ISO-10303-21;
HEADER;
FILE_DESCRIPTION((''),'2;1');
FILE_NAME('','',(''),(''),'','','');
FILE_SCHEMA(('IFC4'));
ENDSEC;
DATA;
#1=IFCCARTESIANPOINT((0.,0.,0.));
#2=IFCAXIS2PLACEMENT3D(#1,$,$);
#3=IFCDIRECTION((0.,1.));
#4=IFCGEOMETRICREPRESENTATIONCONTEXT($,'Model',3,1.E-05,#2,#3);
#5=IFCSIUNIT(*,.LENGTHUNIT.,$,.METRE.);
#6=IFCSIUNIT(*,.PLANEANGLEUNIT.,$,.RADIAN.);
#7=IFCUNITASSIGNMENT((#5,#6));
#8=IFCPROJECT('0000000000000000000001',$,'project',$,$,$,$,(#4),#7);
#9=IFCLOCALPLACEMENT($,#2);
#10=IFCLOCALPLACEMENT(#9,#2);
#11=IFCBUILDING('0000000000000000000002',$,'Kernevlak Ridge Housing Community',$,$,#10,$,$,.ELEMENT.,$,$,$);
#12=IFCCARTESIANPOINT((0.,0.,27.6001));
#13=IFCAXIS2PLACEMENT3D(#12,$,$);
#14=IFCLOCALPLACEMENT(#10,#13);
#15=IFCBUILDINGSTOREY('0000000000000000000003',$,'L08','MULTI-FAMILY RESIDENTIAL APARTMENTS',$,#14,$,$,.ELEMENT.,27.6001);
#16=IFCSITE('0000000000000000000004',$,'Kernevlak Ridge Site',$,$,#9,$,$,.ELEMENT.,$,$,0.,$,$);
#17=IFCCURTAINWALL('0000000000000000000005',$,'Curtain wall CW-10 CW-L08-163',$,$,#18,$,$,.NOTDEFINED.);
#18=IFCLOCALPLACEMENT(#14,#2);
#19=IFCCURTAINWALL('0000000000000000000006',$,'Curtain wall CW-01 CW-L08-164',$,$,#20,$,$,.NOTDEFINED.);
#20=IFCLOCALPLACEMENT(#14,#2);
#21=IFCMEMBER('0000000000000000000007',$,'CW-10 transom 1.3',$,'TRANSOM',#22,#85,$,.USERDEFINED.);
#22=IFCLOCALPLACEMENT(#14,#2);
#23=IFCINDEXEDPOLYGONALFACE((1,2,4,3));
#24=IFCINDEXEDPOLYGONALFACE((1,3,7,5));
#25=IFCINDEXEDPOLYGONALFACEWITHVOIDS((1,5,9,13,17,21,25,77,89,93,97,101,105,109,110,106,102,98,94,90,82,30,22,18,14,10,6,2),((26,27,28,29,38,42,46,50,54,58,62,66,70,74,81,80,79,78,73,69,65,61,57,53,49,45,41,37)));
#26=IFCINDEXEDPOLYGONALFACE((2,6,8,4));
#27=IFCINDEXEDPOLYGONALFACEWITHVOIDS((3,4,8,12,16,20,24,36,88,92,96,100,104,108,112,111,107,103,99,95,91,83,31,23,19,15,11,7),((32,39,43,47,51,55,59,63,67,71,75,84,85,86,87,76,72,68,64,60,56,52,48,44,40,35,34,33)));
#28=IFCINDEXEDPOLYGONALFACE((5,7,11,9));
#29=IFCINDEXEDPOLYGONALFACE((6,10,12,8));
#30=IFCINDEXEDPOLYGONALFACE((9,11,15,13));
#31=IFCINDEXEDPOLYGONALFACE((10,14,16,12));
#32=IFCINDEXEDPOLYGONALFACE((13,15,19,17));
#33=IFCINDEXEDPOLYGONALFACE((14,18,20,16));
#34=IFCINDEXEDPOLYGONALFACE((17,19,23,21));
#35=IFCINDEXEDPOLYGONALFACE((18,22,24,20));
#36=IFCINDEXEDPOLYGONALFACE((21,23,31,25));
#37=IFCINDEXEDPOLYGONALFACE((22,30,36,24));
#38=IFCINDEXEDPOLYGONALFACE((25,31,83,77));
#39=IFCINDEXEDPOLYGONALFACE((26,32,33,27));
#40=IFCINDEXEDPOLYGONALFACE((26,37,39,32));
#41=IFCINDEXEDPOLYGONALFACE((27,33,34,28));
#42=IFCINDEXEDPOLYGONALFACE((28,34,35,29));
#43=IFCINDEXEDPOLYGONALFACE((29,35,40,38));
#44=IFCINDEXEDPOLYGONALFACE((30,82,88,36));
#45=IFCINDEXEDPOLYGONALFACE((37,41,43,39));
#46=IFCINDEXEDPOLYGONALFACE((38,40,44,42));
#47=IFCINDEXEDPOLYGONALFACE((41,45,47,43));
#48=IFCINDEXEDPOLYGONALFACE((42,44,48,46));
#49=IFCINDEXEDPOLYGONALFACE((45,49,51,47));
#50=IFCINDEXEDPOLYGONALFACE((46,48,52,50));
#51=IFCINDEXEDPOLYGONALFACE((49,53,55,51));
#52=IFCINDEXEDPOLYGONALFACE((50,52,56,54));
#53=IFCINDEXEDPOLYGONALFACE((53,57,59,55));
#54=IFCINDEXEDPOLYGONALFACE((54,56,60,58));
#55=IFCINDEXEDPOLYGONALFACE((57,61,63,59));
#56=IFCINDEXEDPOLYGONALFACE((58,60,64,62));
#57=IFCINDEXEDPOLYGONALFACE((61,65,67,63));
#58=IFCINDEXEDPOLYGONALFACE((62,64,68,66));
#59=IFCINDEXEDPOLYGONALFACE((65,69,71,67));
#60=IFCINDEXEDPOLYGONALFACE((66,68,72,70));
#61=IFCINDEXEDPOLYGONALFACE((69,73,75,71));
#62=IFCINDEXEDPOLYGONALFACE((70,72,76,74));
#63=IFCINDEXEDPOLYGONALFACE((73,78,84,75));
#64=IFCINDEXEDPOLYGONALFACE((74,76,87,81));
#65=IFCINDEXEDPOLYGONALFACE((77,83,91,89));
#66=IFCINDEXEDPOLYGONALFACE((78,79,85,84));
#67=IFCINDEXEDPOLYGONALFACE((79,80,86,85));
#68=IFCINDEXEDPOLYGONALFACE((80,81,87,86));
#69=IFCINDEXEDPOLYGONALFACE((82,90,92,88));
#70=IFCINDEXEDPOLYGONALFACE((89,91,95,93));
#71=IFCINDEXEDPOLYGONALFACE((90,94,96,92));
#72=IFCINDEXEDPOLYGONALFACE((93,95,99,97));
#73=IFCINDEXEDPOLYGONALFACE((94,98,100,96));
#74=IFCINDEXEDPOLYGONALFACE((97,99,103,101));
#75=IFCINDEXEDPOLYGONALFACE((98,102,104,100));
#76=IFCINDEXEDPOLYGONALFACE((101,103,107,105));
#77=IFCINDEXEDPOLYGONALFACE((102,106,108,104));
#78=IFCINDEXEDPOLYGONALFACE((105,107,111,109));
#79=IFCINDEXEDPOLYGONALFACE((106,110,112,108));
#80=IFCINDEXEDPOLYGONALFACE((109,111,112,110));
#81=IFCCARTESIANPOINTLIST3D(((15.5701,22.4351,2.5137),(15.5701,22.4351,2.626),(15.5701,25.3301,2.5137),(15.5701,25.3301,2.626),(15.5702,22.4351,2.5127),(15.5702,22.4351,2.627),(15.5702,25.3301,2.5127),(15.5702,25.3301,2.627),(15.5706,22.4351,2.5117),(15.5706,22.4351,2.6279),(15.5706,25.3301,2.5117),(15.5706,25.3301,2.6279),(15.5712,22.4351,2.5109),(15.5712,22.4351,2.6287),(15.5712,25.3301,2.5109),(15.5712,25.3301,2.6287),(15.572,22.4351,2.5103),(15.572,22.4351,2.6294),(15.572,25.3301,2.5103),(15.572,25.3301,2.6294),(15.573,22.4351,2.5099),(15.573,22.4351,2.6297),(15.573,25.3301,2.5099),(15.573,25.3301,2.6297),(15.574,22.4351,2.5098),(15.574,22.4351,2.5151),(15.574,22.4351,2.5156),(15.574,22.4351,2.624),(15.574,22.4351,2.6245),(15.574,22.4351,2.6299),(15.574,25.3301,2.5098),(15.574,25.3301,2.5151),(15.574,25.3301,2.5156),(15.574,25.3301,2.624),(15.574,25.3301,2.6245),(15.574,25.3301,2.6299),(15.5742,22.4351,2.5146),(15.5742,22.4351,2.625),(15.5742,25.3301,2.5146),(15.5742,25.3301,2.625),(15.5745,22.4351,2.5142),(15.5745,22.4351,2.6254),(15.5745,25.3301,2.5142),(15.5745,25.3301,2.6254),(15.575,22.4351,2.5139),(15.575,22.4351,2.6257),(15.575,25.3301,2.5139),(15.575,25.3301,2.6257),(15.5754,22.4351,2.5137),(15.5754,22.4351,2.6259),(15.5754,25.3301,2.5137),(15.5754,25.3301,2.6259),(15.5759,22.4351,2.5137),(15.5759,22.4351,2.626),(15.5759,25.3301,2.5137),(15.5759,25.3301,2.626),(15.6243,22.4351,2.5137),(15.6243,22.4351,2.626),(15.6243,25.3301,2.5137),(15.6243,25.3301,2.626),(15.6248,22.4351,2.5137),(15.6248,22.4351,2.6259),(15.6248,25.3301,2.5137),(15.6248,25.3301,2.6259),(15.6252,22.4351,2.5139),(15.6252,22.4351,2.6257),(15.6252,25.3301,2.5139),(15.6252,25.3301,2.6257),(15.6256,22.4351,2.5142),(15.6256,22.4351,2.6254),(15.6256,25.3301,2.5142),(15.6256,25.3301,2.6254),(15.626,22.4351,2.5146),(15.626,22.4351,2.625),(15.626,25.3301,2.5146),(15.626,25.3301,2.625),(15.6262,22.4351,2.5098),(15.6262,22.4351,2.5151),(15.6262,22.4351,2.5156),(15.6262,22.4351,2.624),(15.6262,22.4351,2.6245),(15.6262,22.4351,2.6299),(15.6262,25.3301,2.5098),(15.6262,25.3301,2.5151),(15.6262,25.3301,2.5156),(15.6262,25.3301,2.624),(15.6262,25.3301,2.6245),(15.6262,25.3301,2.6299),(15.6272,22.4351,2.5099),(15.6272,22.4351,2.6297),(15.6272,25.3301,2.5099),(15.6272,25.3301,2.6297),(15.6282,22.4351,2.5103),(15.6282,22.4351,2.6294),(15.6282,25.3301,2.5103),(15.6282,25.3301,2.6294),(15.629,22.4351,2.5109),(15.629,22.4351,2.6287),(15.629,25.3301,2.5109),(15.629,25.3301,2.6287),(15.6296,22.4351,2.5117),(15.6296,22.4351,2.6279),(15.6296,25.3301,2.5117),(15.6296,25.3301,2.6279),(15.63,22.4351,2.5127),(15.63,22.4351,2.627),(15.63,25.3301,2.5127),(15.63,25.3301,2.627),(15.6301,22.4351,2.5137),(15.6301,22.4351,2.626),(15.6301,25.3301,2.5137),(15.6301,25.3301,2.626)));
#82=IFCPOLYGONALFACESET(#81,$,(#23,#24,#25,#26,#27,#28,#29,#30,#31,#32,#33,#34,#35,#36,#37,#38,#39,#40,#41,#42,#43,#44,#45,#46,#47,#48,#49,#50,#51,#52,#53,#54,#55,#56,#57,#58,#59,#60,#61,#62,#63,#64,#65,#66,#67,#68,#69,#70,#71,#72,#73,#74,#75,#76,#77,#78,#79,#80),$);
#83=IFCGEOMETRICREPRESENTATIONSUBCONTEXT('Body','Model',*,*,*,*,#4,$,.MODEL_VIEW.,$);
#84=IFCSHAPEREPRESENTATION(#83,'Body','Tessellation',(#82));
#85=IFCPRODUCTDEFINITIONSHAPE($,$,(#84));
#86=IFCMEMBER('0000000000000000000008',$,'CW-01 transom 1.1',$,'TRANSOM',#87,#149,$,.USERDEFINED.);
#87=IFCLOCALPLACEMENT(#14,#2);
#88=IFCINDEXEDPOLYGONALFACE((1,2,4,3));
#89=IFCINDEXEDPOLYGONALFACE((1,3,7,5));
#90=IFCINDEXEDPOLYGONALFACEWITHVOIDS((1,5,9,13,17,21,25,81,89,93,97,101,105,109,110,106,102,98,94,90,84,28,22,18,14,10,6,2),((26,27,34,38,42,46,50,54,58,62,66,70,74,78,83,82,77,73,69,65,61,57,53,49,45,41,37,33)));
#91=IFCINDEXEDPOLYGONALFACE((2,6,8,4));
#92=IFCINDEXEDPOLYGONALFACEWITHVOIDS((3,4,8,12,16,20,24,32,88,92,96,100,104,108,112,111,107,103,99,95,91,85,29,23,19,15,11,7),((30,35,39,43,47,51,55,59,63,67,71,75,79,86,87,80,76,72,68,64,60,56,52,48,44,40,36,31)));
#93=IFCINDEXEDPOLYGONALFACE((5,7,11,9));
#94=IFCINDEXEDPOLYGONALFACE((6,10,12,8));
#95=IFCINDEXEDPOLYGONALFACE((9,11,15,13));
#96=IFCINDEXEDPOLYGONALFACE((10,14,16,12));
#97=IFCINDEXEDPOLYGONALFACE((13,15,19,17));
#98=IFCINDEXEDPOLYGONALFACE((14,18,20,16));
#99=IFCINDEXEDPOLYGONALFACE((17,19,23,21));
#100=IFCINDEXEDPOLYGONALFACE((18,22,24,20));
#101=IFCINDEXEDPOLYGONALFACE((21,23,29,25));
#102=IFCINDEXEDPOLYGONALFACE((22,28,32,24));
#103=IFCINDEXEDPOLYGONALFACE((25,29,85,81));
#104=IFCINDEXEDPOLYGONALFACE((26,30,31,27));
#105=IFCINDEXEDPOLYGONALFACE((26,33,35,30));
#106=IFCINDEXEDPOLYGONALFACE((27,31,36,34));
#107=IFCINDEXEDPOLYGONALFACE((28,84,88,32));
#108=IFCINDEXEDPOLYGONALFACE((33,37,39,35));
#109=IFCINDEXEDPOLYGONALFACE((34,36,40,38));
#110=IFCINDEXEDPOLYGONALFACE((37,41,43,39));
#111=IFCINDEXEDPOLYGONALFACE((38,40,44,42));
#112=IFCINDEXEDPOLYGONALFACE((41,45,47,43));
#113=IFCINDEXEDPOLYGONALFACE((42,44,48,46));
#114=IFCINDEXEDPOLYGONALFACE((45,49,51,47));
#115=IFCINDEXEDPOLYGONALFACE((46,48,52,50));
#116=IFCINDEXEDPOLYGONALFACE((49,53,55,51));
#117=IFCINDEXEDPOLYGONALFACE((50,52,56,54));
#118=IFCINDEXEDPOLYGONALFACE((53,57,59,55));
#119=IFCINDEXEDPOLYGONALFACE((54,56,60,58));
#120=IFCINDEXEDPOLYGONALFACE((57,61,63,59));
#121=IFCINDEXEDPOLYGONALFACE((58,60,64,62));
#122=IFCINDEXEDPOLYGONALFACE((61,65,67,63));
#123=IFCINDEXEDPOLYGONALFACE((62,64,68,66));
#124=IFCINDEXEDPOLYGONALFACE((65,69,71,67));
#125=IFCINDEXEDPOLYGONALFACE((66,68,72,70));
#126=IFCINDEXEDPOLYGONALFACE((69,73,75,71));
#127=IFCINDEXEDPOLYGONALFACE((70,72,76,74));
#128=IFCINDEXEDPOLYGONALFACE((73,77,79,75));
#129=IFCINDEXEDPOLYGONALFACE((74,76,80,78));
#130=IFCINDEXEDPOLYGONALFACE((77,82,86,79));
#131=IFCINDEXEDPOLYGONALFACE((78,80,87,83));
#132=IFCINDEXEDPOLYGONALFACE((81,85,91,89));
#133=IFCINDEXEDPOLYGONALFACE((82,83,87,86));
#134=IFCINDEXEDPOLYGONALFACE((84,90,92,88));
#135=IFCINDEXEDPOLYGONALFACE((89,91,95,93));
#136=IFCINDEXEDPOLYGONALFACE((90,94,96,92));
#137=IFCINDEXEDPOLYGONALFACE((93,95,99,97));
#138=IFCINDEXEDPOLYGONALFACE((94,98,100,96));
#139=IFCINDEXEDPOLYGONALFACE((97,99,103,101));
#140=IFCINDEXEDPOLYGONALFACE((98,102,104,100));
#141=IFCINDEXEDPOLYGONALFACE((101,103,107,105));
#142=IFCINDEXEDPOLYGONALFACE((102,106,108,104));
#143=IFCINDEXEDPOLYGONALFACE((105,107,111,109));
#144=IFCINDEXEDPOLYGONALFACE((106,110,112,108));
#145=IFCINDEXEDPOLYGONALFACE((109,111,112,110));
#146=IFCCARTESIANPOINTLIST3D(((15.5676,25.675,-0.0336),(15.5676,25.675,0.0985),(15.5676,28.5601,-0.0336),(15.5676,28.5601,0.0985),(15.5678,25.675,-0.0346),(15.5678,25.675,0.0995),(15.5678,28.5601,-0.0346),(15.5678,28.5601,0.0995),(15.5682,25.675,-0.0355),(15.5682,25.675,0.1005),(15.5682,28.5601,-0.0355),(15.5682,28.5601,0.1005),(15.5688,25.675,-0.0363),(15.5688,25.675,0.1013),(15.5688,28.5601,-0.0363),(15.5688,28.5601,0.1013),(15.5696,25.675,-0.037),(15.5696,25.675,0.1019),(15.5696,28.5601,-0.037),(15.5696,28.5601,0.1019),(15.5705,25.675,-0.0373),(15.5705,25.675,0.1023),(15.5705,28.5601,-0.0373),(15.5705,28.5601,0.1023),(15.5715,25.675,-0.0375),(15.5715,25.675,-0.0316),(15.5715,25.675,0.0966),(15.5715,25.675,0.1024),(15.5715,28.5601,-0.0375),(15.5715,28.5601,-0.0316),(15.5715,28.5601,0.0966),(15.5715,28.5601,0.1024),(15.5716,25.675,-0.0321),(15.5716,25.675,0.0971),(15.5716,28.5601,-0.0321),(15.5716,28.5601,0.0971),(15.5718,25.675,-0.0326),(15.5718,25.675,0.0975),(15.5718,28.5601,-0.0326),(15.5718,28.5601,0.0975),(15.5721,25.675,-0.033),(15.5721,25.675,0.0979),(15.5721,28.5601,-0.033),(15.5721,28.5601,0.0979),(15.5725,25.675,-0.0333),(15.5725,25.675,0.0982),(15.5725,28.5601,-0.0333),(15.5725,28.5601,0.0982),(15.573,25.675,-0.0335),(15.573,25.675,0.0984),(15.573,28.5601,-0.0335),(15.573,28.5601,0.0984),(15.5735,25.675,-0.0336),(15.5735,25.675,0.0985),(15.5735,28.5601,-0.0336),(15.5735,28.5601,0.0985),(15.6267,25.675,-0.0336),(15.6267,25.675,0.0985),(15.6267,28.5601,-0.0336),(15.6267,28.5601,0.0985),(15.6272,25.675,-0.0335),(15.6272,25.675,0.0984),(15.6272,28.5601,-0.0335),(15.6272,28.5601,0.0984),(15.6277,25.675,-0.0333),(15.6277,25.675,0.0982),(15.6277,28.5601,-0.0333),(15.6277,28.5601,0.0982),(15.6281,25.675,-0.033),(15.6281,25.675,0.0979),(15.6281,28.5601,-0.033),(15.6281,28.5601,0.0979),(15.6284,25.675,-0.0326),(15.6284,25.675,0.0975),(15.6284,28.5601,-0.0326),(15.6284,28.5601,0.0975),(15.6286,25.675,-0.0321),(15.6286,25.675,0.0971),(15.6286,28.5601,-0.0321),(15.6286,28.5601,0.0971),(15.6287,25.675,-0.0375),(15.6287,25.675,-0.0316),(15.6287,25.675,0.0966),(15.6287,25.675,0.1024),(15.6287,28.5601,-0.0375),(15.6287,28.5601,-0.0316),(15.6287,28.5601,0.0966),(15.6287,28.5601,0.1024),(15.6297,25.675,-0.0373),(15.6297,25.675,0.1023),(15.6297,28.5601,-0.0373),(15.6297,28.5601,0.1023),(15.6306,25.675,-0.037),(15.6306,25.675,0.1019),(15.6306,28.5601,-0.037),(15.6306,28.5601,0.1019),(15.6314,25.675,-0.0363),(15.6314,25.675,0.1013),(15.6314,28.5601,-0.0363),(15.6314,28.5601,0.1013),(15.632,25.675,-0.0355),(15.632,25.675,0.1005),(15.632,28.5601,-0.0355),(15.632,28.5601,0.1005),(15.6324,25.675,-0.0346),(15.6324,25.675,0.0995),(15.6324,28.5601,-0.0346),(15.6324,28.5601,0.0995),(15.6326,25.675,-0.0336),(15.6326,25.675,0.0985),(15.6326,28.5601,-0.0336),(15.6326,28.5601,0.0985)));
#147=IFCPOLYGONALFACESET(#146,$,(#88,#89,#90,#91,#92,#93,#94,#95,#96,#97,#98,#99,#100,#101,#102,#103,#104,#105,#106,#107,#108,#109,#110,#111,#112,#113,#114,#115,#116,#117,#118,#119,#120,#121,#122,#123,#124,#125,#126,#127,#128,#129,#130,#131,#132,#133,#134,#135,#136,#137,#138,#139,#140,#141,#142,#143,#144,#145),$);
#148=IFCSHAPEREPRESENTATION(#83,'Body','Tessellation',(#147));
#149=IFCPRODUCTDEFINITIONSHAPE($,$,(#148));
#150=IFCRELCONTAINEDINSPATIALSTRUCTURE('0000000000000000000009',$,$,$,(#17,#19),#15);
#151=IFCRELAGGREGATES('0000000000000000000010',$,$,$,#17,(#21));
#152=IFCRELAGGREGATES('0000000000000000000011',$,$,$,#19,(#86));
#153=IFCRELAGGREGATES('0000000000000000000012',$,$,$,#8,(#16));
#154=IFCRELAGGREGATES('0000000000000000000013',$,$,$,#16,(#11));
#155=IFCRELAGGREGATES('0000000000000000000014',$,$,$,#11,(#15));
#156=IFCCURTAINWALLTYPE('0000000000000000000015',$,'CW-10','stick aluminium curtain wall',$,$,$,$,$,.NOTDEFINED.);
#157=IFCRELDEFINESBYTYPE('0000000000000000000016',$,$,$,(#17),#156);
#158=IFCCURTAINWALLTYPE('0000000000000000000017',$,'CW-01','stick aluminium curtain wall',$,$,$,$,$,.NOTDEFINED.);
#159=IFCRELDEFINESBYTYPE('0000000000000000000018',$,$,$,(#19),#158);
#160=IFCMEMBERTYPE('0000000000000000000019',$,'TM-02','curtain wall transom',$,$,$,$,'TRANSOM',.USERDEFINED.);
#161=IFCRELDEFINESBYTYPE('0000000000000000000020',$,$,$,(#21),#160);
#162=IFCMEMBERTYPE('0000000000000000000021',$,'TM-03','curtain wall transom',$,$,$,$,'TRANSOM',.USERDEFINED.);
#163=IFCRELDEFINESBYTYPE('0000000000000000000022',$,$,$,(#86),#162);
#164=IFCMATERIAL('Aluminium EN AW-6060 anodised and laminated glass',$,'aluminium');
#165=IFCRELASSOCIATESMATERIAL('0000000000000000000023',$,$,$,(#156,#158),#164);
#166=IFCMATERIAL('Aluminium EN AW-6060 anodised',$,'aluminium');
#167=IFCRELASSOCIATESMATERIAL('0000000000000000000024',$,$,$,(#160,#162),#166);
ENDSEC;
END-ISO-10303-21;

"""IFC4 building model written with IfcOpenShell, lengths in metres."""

from ifc_helpers import new_model, si_unit, direction, frame, origin, origin_2d, place, context, subcontext, project, spatial, hollow_rectangle, extrude, material, material_profile, profile_set, type_object, element, aggregate, save


model = new_model("IFC4")

# Units and contexts
model_context = context("Model", 3, precision=1e-05, world=origin(), true_north=direction((0.0, 1.0)))
body_context = subcontext(model_context, "Body", "Model", "MODEL_VIEW")
ifc_project = project(units=[si_unit("LENGTHUNIT", "METRE"), si_unit("PLANEANGLEUNIT", "RADIAN")], contexts=[model_context])

# Site, building, storey
site_placement = place(None, origin())
site = spatial("IfcSite", under=ifc_project, at=site_placement, Name="Kernevlak Ridge Site", CompositionType="ELEMENT", RefElevation=0.0)
building_placement = place(site_placement, origin())
building = spatial("IfcBuilding", under=site, at=building_placement, Name="Kernevlak Ridge Housing Community", CompositionType="ELEMENT")
storey_placement = place(building_placement, frame((0.0, 0.0, 27.6001)))
storey = spatial("IfcBuildingStorey", under=building, at=storey_placement, Name="L08", Description="MULTI-FAMILY RESIDENTIAL APARTMENTS", CompositionType="ELEMENT", Elevation=27.6001)

# Curtain walls
ifc_material_1 = material(Name="Aluminium EN AW-6060 anodised and laminated glass", Category="aluminium")
curtain_wall_type_1 = type_object("IfcCurtainWallType", Name="CW-10", Description="stick aluminium curtain wall", PredefinedType="NOTDEFINED", material=ifc_material_1)
curtain_wall_1_placement = place(storey_placement, origin())
curtain_wall_1 = element("IfcCurtainWall", 1, at=curtain_wall_1_placement, inside=storey, type_object=curtain_wall_type_1, Name="Curtain wall CW-10 CW-L08-163", PredefinedType="NOTDEFINED")
ifc_material_2 = material(Name="Aluminium EN AW-6060 anodised", Category="aluminium")
curtain_wall_type_2 = type_object("IfcCurtainWallType", Name="CW-01", Description="stick aluminium curtain wall", PredefinedType="NOTDEFINED", material=ifc_material_1)
curtain_wall_2_placement = place(storey_placement, origin())
curtain_wall_2 = element("IfcCurtainWall", 2, at=curtain_wall_2_placement, inside=storey, type_object=curtain_wall_type_2, Name="Curtain wall CW-01 CW-L08-164", PredefinedType="NOTDEFINED")

# Members
ifc_material_profile_1 = material_profile(ifc_material_2, hollow_rectangle(XDim=0.0601, YDim=0.1201, WallThickness=0.0039, InnerFilletRadius=0.002, OuterFilletRadius=0.0039, at=origin_2d()), Name="ALU 60x120x4")
ifc_profile_set_1 = profile_set([ifc_material_profile_1], Name="Aluminium EN AW-6060 anodised")
member_type_1 = type_object("IfcMemberType", Name="TM-02", Description="curtain wall transom", ElementType="TRANSOM", PredefinedType="USERDEFINED", material=ifc_profile_set_1)
member_1_placement = place(storey_placement, frame((15.6001, 22.4351, 2.5698), z_axis=(0.0, 1.0, 0.0), x_axis=(-1.0, 0.0, 0.0)))
member_1 = element("IfcMember", 3, at=member_1_placement, type_object=member_type_1, Name="CW-10 transom 1.3", ObjectType="TRANSOM", PredefinedType="USERDEFINED", context=body_context, shape_type="SweptSolid", body=[
    extrude(hollow_rectangle(XDim=0.0601, YDim=0.1201, WallThickness=0.0039, InnerFilletRadius=0.002, OuterFilletRadius=0.0039, at=origin_2d()), origin(), (0.0, 0.0, 1.0), 2.895),
])
ifc_material_profile_2 = material_profile(ifc_material_2, hollow_rectangle(XDim=0.0649, YDim=0.1399, WallThickness=0.0039, InnerFilletRadius=0.002, OuterFilletRadius=0.0039, at=origin_2d()), Name="ALU 65x140x4")
ifc_profile_set_2 = profile_set([ifc_material_profile_2], Name="Aluminium EN AW-6060 anodised")
member_type_2 = type_object("IfcMemberType", Name="TM-03", Description="curtain wall transom", ElementType="TRANSOM", PredefinedType="USERDEFINED", material=ifc_profile_set_2)
member_2_placement = place(storey_placement, frame((15.6001, 25.675, 0.0325), z_axis=(0.0, 1.0, 0.0), x_axis=(-1.0, 0.0, 0.0)))
member_2 = element("IfcMember", 4, at=member_2_placement, type_object=member_type_2, Name="CW-01 transom 1.1", ObjectType="TRANSOM", PredefinedType="USERDEFINED", context=body_context, shape_type="SweptSolid", body=[
    extrude(hollow_rectangle(XDim=0.0649, YDim=0.1399, WallThickness=0.0039, InnerFilletRadius=0.002, OuterFilletRadius=0.0039, at=origin_2d()), origin(), (0.0, 0.0, 1.0), 2.885),
])

aggregate(curtain_wall_1, [member_1])
aggregate(curtain_wall_2, [member_2])

save(model, "model.ifc")
